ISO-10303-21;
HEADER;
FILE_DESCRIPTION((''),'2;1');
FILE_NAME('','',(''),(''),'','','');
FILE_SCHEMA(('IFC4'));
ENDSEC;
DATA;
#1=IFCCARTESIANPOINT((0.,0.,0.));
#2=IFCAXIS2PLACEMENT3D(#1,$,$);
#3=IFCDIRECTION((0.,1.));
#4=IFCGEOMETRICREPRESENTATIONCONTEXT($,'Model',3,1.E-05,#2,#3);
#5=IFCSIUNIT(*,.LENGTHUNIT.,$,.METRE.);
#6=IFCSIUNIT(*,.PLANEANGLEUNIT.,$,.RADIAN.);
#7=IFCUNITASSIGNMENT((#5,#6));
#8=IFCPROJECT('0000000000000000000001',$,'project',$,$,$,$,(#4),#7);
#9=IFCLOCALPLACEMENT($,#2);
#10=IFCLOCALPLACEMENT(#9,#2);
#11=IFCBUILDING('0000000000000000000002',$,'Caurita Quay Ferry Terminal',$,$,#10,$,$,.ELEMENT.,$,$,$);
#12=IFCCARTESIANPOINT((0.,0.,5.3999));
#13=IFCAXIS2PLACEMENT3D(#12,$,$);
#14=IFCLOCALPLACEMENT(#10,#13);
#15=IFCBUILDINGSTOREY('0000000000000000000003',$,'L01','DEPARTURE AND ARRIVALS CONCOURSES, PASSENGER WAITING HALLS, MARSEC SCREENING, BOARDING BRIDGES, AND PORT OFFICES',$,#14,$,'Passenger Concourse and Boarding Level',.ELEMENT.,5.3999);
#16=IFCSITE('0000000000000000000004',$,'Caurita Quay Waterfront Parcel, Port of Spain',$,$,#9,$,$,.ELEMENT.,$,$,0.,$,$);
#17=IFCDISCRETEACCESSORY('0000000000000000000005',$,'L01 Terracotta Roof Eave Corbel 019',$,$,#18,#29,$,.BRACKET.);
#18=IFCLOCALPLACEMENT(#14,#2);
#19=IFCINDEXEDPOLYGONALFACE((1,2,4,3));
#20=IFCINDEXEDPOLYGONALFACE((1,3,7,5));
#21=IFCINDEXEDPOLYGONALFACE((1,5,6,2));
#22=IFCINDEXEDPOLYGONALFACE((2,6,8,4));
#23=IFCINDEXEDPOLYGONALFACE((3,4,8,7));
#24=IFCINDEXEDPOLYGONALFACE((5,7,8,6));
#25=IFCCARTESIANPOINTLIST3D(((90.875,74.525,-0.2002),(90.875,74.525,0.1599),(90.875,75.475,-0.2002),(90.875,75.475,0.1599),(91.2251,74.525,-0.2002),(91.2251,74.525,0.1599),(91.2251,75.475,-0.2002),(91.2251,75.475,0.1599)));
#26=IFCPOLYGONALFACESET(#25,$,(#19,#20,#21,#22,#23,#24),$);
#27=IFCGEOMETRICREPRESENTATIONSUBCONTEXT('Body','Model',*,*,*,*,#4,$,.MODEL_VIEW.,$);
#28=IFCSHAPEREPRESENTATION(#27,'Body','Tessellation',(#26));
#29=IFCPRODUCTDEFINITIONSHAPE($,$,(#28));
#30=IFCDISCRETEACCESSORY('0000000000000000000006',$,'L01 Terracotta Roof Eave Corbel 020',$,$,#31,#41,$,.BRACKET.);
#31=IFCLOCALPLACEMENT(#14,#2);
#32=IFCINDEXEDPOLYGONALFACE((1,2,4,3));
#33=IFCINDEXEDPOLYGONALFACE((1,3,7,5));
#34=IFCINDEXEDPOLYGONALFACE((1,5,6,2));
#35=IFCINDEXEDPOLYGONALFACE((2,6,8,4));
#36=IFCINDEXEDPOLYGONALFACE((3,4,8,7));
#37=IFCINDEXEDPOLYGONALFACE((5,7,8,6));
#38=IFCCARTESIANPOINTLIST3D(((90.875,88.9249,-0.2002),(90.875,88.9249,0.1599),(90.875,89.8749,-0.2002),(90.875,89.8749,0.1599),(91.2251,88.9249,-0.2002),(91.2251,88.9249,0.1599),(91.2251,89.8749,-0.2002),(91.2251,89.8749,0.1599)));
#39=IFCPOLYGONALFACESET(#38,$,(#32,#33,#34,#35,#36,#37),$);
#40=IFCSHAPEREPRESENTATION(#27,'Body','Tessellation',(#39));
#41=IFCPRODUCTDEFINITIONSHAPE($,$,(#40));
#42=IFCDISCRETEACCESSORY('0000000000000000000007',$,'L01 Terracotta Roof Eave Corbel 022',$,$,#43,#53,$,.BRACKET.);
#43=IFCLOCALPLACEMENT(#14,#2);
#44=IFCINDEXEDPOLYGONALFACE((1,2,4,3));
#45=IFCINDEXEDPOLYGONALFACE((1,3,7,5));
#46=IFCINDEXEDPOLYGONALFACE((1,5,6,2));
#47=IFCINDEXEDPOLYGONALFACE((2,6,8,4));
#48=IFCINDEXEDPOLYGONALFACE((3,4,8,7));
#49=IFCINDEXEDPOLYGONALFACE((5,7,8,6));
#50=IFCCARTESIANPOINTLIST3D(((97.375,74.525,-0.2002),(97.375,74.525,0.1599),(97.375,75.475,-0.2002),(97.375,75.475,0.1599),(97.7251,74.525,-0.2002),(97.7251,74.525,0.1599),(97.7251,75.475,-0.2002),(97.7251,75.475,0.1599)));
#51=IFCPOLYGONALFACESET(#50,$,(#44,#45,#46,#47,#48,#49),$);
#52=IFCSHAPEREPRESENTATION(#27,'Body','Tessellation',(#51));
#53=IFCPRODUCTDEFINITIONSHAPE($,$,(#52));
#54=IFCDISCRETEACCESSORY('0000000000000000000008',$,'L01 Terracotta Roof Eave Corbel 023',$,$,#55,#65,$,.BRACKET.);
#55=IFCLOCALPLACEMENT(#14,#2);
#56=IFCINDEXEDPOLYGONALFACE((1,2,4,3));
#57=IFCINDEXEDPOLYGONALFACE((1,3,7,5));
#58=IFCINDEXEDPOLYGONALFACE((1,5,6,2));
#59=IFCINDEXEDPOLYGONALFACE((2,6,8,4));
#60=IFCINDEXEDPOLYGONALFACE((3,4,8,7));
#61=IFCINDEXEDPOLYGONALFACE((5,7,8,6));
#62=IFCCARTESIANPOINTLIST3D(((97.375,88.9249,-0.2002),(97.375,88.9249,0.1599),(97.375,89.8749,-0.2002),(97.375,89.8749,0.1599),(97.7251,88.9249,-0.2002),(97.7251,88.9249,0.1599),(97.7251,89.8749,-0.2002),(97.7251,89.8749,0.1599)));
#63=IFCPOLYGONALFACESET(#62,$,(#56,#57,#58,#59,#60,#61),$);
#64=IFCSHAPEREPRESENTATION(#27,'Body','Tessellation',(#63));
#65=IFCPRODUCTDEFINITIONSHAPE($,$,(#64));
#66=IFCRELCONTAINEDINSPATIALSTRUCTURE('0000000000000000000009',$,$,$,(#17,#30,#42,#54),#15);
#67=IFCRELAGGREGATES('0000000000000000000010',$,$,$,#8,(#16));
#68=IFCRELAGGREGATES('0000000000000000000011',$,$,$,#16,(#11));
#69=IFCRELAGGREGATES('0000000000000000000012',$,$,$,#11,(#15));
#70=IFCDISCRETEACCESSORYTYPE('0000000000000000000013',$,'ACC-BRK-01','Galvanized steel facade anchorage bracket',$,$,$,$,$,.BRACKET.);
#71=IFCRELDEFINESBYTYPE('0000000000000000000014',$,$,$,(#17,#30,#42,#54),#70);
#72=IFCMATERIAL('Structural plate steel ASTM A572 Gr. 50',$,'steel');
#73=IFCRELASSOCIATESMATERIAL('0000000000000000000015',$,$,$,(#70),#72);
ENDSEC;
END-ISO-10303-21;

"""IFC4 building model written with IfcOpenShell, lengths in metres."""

from ifc_helpers import new_model, si_unit, direction, frame, origin, origin_2d, place, context, subcontext, project, spatial, rectangle, extrude, material, type_object, element, save


model = new_model("IFC4")

# Units and contexts
model_context = context("Model", 3, precision=1e-05, world=origin(), true_north=direction((0.0, 1.0)))
body_context = subcontext(model_context, "Body", "Model", "MODEL_VIEW")
ifc_project = project(units=[si_unit("LENGTHUNIT", "METRE"), si_unit("PLANEANGLEUNIT", "RADIAN")], contexts=[model_context])

# Site, building, storey
site_placement = place(None, origin())
site = spatial("IfcSite", under=ifc_project, at=site_placement, Name="Caurita Quay Waterfront Parcel, Port of Spain", CompositionType="ELEMENT", RefElevation=0.0)
building_placement = place(site_placement, origin())
building = spatial("IfcBuilding", under=site, at=building_placement, Name="Caurita Quay Ferry Terminal", CompositionType="ELEMENT")
storey_placement = place(building_placement, frame((0.0, 0.0, 5.3999)))
storey = spatial("IfcBuildingStorey", under=building, at=storey_placement, Name="L01", Description="DEPARTURE AND ARRIVALS CONCOURSES, PASSENGER WAITING HALLS, MARSEC SCREENING, BOARDING BRIDGES, AND PORT OFFICES", LongName="Passenger Concourse and Boarding Level", CompositionType="ELEMENT", Elevation=5.3999)

# Discrete accessories
ifc_material_1 = material(Name="Structural plate steel ASTM A572 Gr. 50", Category="steel")
discrete_accessory_type = type_object("IfcDiscreteAccessoryType", Name="ACC-BRK-01", Description="Galvanized steel facade anchorage bracket", PredefinedType="BRACKET", material=ifc_material_1)
for number, where, z_axis, x_axis, name in (
    (1, (91.05, 75.0, -0.2002), (0.0, 0.0, 1.0), (1.0, 0.0, 0.0), "L01 Terracotta Roof Eave Corbel 019"),
    (2, (91.05, 89.3999, -0.2002), (0.0, 0.0, 1.0), (1.0, 0.0, 0.0), "L01 Terracotta Roof Eave Corbel 020"),
    (3, (97.55, 75.0, -0.2002), (0.0, 0.0, 1.0), (1.0, 0.0, 0.0), "L01 Terracotta Roof Eave Corbel 022"),
    (4, (97.55, 89.3999, -0.2002), (0.0, 0.0, 1.0), (1.0, 0.0, 0.0), "L01 Terracotta Roof Eave Corbel 023"),
):
    element("IfcDiscreteAccessory", number, at=place(storey_placement, frame(where, z_axis=z_axis, x_axis=x_axis)), inside=storey, type_object=discrete_accessory_type, Name=name, PredefinedType="BRACKET", context=body_context, shape_type="SweptSolid", body=[
        extrude(rectangle(XDim=0.3501, YDim=0.95, at=origin_2d()), origin(), (0.0, 0.0, 1.0), 0.3601),
    ])

save(model, "model.ifc")
